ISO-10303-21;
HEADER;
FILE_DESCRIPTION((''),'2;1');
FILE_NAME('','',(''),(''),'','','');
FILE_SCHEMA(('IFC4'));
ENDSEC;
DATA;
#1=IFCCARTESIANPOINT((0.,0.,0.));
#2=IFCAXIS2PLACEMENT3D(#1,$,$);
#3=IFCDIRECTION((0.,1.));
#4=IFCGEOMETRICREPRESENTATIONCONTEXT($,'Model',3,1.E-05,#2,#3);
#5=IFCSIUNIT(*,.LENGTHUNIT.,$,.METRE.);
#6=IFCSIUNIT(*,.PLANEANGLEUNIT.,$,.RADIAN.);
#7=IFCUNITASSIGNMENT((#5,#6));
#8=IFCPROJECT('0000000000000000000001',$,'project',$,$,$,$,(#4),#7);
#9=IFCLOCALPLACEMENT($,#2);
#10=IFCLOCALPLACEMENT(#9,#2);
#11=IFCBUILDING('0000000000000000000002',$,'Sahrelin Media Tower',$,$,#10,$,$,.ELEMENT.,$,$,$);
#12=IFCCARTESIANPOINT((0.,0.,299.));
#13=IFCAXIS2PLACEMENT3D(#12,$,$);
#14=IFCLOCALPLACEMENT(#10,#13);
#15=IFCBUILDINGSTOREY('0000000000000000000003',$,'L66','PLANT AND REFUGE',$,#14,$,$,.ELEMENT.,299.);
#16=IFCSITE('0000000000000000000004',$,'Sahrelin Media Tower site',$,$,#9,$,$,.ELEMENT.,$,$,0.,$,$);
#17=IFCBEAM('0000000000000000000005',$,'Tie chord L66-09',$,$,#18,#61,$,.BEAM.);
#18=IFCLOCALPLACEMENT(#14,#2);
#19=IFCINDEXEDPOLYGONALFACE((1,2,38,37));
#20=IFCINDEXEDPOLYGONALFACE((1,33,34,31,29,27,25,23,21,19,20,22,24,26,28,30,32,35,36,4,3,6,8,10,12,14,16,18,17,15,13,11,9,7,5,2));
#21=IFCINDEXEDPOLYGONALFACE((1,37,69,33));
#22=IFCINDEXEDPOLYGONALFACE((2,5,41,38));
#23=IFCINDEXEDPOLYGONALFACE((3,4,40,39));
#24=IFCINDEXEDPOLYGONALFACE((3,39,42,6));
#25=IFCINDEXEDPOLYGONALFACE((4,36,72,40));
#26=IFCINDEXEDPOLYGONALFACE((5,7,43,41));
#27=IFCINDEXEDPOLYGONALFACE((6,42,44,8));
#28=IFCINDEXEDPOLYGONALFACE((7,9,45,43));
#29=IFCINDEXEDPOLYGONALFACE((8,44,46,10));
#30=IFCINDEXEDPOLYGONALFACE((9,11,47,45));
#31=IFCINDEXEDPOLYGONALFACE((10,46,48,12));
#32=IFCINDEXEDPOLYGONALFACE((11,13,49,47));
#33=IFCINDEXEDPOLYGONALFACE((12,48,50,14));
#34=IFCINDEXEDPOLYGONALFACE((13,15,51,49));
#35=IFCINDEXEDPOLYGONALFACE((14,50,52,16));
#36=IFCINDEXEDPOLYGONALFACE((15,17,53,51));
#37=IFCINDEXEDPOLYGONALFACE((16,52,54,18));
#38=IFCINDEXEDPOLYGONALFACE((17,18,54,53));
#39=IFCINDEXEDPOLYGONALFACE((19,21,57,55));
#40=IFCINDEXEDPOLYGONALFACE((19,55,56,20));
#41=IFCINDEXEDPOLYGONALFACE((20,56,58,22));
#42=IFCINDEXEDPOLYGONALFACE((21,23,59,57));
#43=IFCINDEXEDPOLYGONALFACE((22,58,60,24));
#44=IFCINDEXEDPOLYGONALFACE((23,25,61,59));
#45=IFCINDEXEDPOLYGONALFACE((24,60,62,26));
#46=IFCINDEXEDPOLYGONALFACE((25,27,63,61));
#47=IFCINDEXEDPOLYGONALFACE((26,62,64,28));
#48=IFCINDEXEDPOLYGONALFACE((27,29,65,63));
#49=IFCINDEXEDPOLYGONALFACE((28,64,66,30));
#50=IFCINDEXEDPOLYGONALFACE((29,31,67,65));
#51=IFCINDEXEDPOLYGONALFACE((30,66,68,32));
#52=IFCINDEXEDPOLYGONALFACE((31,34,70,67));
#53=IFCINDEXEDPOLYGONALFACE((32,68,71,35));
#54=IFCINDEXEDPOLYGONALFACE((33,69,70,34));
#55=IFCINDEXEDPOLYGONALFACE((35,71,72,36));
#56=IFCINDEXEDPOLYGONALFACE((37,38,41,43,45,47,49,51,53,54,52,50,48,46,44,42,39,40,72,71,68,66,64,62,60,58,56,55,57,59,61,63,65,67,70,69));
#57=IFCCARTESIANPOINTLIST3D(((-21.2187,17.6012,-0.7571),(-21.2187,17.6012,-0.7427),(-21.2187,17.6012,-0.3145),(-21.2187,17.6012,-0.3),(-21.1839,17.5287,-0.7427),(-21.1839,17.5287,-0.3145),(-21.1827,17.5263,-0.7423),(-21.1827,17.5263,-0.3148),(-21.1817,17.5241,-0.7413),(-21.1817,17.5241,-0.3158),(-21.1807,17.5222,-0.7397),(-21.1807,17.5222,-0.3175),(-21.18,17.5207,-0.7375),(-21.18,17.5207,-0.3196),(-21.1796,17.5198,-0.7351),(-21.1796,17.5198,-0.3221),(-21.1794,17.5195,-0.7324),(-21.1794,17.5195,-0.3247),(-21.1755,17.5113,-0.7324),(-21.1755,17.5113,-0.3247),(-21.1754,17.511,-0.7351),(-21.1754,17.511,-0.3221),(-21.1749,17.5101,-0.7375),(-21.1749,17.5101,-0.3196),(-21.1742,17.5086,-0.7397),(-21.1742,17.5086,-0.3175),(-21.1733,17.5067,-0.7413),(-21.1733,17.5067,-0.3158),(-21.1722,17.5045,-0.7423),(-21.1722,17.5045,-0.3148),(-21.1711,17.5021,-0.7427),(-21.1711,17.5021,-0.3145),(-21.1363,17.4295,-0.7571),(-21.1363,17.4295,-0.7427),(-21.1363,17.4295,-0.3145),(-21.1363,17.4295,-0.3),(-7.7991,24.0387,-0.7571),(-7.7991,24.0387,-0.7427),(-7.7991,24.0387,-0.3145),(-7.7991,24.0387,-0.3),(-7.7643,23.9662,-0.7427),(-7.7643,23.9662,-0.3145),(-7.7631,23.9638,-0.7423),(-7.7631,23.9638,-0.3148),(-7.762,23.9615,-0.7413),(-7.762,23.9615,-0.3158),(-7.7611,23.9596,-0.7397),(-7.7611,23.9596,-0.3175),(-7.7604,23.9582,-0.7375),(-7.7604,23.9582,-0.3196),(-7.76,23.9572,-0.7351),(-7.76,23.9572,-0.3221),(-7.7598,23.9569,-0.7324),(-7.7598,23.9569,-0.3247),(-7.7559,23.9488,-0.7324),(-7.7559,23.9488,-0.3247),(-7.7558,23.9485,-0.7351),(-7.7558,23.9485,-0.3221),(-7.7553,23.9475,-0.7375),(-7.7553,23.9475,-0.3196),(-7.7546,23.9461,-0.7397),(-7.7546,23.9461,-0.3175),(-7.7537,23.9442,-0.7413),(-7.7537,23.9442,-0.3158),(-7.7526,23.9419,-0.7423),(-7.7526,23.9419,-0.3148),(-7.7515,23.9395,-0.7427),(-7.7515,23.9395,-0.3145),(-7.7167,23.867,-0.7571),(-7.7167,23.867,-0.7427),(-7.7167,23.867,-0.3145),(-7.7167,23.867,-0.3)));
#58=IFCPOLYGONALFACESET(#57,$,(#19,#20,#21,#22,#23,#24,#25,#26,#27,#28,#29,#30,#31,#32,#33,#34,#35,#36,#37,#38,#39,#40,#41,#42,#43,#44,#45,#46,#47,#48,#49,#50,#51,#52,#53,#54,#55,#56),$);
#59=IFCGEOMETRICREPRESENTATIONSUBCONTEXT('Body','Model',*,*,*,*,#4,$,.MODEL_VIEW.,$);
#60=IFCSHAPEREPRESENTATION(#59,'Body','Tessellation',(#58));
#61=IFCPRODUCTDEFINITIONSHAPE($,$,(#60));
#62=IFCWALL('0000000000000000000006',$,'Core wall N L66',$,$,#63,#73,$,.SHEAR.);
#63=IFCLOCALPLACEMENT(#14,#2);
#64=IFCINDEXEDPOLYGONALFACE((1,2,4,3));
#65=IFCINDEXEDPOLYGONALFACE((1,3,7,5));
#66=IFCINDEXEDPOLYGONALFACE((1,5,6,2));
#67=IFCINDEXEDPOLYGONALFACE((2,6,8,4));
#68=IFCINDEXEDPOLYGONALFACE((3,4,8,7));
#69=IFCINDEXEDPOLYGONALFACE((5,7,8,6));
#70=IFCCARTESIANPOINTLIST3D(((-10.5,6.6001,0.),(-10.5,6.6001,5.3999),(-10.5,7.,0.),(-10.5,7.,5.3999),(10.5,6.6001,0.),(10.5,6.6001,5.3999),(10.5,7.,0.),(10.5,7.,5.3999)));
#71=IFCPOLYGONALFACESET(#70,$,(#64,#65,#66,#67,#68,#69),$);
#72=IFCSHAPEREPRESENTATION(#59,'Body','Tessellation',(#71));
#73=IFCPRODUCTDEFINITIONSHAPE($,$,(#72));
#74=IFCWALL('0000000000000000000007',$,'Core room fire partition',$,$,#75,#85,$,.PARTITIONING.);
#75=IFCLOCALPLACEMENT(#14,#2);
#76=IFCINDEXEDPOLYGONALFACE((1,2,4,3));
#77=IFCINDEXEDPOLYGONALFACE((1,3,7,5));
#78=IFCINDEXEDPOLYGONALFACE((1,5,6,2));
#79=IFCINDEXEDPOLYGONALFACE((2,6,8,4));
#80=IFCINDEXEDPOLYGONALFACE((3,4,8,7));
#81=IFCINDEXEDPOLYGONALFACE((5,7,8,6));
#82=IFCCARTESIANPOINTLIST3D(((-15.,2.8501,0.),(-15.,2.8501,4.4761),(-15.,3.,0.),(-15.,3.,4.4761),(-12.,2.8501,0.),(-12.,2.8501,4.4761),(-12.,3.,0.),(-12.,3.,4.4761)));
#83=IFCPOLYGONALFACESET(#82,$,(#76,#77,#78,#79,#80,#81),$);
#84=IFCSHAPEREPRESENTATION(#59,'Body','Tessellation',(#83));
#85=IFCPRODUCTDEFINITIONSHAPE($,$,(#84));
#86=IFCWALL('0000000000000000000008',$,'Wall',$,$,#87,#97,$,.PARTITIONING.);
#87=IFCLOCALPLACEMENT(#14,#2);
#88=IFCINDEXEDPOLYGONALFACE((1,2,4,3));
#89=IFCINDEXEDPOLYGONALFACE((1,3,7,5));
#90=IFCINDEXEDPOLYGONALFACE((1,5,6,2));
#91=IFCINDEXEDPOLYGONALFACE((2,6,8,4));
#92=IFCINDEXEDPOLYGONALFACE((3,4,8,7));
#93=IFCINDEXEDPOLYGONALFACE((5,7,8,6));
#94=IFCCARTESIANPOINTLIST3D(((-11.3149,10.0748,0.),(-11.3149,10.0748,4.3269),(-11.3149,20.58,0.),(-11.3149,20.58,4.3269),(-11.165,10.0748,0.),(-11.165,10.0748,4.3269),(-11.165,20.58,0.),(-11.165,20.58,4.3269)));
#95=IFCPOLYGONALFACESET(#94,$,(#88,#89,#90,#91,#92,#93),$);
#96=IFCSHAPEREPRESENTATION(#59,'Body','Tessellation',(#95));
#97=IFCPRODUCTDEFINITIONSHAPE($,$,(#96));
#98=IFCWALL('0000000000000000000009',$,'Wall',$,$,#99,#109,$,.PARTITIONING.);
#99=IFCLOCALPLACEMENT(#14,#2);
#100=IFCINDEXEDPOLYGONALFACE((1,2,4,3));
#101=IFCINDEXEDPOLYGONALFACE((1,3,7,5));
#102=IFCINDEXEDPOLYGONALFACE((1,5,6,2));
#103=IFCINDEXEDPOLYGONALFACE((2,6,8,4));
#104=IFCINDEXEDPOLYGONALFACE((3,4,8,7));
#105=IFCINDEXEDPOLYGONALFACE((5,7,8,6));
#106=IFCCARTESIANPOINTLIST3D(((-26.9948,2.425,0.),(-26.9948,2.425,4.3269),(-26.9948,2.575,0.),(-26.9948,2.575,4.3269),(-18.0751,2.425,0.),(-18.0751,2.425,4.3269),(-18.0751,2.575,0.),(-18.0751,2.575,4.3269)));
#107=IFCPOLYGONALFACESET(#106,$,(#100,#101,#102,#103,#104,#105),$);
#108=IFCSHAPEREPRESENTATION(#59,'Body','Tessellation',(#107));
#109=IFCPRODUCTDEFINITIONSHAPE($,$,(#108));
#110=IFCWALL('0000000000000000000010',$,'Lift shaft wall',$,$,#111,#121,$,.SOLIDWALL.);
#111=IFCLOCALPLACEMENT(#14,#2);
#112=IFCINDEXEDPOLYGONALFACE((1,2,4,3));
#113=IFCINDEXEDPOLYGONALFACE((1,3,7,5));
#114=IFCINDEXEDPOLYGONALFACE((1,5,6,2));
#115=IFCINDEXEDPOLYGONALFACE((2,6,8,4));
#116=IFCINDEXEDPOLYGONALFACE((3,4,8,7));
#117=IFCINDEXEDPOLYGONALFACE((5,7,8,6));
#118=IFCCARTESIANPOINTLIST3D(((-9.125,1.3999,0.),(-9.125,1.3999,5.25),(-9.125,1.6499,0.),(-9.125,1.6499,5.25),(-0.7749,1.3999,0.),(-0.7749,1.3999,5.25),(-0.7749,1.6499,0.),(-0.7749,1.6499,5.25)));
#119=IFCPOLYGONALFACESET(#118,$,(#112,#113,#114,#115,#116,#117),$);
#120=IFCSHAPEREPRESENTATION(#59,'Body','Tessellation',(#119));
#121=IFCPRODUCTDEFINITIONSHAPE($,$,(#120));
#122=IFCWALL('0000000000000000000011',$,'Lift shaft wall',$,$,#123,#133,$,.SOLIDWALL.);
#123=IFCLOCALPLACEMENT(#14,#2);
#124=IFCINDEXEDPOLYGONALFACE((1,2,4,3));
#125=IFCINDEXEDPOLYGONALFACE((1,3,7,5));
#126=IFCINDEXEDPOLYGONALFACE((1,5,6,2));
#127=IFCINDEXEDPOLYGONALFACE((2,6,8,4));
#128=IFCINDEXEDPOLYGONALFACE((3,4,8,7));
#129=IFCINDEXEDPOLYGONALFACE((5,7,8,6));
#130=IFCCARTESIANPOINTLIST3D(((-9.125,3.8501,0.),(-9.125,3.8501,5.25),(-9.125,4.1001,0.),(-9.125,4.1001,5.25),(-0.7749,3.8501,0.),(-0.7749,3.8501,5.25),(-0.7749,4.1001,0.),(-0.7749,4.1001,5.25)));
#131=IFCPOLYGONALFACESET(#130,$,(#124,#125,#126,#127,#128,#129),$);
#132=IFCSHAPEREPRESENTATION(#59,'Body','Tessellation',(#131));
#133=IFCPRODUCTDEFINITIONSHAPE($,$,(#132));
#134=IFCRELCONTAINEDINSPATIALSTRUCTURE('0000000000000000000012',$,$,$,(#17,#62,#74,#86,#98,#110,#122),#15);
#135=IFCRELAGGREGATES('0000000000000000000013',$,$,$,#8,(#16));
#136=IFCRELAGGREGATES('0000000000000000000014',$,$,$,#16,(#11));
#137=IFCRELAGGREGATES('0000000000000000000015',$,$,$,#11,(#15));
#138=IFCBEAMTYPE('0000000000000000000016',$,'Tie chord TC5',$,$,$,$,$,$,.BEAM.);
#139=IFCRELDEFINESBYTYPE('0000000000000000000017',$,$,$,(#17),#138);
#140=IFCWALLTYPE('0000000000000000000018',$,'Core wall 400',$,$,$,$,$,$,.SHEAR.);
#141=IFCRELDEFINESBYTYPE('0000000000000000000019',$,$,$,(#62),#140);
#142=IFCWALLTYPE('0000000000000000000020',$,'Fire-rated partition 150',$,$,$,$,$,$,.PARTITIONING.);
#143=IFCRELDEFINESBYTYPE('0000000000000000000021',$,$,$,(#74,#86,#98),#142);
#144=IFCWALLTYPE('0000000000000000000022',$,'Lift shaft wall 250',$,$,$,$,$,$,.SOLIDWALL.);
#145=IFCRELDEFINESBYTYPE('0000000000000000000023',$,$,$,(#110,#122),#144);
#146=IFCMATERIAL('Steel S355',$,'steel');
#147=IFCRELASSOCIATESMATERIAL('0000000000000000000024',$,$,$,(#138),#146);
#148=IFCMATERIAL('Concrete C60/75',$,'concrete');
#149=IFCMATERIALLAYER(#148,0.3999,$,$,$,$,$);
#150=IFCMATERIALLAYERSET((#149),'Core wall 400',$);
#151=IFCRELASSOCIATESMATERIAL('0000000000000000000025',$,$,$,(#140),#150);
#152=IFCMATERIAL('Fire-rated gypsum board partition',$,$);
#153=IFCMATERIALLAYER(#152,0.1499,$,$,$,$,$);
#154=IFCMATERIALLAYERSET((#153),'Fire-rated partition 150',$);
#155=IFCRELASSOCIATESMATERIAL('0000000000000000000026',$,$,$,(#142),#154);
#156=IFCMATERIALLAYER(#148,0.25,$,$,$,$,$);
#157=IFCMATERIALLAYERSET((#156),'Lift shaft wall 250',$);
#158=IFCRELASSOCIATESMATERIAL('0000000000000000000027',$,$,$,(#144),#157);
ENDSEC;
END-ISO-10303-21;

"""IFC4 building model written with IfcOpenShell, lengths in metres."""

from ifc_helpers import new_model, si_unit, direction, frame, frame_2d, origin, origin_2d, place, context, subcontext, project, spatial, rectangle, i_section, extrude, material, layer, layer_set, material_profile, profile_set, type_object, element, save


model = new_model("IFC4")

# Units and contexts
model_context = context("Model", 3, precision=1e-05, world=origin(), true_north=direction((0.0, 1.0)))
body_context = subcontext(model_context, "Body", "Model", "MODEL_VIEW")
ifc_project = project(units=[si_unit("LENGTHUNIT", "METRE"), si_unit("PLANEANGLEUNIT", "RADIAN")], contexts=[model_context])

# Site, building, storey
site_placement = place(None, origin())
site = spatial("IfcSite", under=ifc_project, at=site_placement, Name="Sahrelin Media Tower site", CompositionType="ELEMENT", RefElevation=0.0)
building_placement = place(site_placement, origin())
building = spatial("IfcBuilding", under=site, at=building_placement, Name="Sahrelin Media Tower", CompositionType="ELEMENT")
storey_placement = place(building_placement, frame((0.0, 0.0, 299.0)))
storey = spatial("IfcBuildingStorey", under=building, at=storey_placement, Name="L66", Description="PLANT AND REFUGE", CompositionType="ELEMENT", Elevation=299.0)

# Beam
ifc_material_1 = material(Name="Steel S355", Category="steel")
ifc_material_profile_1 = material_profile(ifc_material_1, i_section(OverallWidth=0.1904, OverallDepth=0.457, WebThickness=0.009, FlangeThickness=0.0144, FilletRadius=0.0103, at=origin_2d()), Name="UB 457x191x74")
ifc_profile_set_1 = profile_set([ifc_material_profile_1], Name="Steel S355")
beam_type_1 = type_object("IfcBeamType", Name="Tie chord TC5", PredefinedType="BEAM", material=ifc_profile_set_1)
beam_1_placement = place(storey_placement, frame((-21.1775, 17.5154, -0.5286), z_axis=(0.901626, 0.432516, 0.0), x_axis=(-0.432516, 0.901626, 0.0)))
element("IfcBeam", 1, at=beam_1_placement, inside=storey, type_object=beam_type_1, Name="Tie chord L66-09", PredefinedType="BEAM", context=body_context, shape_type="SweptSolid", body=[
    extrude(i_section(OverallWidth=0.1904, OverallDepth=0.457, WebThickness=0.009, FlangeThickness=0.0144, FilletRadius=0.0103, at=origin_2d()), origin(), (0.0, 0.0, 1.0), 14.8838),
])

# Walls
ifc_material_2 = material(Name="Concrete C60/75", Category="concrete")
ifc_layer_1 = layer(ifc_material_2, 0.3999)
ifc_layer_set_1 = layer_set([ifc_layer_1], Name="Core wall 400")
wall_type_1 = type_object("IfcWallType", Name="Core wall 400", PredefinedType="SHEAR", material=ifc_layer_set_1)
wall_1_placement = place(storey_placement, frame((-10.5, 6.8, 0.0), z_axis=(0.0, 0.0, 1.0), x_axis=(1.0, 0.0, 0.0)))
element("IfcWall", 2, at=wall_1_placement, inside=storey, type_object=wall_type_1, Name="Core wall N L66", PredefinedType="SHEAR", context=body_context, shape_type="SweptSolid", body=[
    extrude(rectangle(XDim=21.0, YDim=0.3999, at=frame_2d((10.5, 0.0))), origin(), (0.0, 0.0, 1.0), 5.3999),
])
ifc_material_3 = material(Name="Fire-rated gypsum board partition")
ifc_layer_2 = layer(ifc_material_3, 0.1499)
ifc_layer_set_2 = layer_set([ifc_layer_2], Name="Fire-rated partition 150")
wall_type_2 = type_object("IfcWallType", Name="Fire-rated partition 150", PredefinedType="PARTITIONING", material=ifc_layer_set_2)
wall_2_placement = place(storey_placement, frame((-15.0, 2.925, 0.0), z_axis=(0.0, 0.0, 1.0), x_axis=(1.0, 0.0, 0.0)))
element("IfcWall", 3, at=wall_2_placement, inside=storey, type_object=wall_type_2, Name="Core room fire partition", PredefinedType="PARTITIONING", context=body_context, shape_type="SweptSolid", body=[
    extrude(rectangle(XDim=3.0, YDim=0.1499, at=frame_2d((1.5, 0.0))), origin(), (0.0, 0.0, 1.0), 4.4761),
])
wall_3_placement = place(storey_placement, frame((-11.24, 10.075, 0.0), z_axis=(0.0, 0.0, 1.0), x_axis=(0.0, 1.0, 0.0)))
element("IfcWall", 4, at=wall_3_placement, inside=storey, type_object=wall_type_2, Name="Wall", PredefinedType="PARTITIONING", context=body_context, shape_type="SweptSolid", body=[
    extrude(rectangle(XDim=10.5051, YDim=0.1499, at=frame_2d((5.2524, 0.0))), origin(), (0.0, 0.0, 1.0), 4.3269),
])
wall_4_placement = place(storey_placement, frame((-18.075, 2.5, 0.0), z_axis=(0.0, 0.0, 1.0), x_axis=(-1.0, 0.0, 0.0)))
element("IfcWall", 5, at=wall_4_placement, inside=storey, type_object=wall_type_2, Name="Wall", PredefinedType="PARTITIONING", context=body_context, shape_type="SweptSolid", body=[
    extrude(rectangle(XDim=8.9197, YDim=0.1499, at=frame_2d((4.46, 0.0))), origin(), (0.0, 0.0, 1.0), 4.3269),
])
ifc_layer_3 = layer(ifc_material_2, 0.25)
ifc_layer_set_3 = layer_set([ifc_layer_3], Name="Lift shaft wall 250")
wall_type_3 = type_object("IfcWallType", Name="Lift shaft wall 250", PredefinedType="SOLIDWALL", material=ifc_layer_set_3)
for number, where, z_axis, x_axis, name in (
    (6, (-9.125, 1.5249, 0.0), (0.0, 0.0, 1.0), (1.0, 0.0, 0.0), "Lift shaft wall"),
    (7, (-9.125, 3.9751, 0.0), (0.0, 0.0, 1.0), (1.0, 0.0, 0.0), "Lift shaft wall"),
):
    element("IfcWall", number, at=place(storey_placement, frame(where, z_axis=z_axis, x_axis=x_axis)), inside=storey, type_object=wall_type_3, Name=name, PredefinedType="SOLIDWALL", context=body_context, shape_type="SweptSolid", body=[
        extrude(rectangle(XDim=8.3501, YDim=0.25, at=frame_2d((4.175, 0.0))), origin(), (0.0, 0.0, 1.0), 5.25),
    ])

save(model, "model.ifc")
